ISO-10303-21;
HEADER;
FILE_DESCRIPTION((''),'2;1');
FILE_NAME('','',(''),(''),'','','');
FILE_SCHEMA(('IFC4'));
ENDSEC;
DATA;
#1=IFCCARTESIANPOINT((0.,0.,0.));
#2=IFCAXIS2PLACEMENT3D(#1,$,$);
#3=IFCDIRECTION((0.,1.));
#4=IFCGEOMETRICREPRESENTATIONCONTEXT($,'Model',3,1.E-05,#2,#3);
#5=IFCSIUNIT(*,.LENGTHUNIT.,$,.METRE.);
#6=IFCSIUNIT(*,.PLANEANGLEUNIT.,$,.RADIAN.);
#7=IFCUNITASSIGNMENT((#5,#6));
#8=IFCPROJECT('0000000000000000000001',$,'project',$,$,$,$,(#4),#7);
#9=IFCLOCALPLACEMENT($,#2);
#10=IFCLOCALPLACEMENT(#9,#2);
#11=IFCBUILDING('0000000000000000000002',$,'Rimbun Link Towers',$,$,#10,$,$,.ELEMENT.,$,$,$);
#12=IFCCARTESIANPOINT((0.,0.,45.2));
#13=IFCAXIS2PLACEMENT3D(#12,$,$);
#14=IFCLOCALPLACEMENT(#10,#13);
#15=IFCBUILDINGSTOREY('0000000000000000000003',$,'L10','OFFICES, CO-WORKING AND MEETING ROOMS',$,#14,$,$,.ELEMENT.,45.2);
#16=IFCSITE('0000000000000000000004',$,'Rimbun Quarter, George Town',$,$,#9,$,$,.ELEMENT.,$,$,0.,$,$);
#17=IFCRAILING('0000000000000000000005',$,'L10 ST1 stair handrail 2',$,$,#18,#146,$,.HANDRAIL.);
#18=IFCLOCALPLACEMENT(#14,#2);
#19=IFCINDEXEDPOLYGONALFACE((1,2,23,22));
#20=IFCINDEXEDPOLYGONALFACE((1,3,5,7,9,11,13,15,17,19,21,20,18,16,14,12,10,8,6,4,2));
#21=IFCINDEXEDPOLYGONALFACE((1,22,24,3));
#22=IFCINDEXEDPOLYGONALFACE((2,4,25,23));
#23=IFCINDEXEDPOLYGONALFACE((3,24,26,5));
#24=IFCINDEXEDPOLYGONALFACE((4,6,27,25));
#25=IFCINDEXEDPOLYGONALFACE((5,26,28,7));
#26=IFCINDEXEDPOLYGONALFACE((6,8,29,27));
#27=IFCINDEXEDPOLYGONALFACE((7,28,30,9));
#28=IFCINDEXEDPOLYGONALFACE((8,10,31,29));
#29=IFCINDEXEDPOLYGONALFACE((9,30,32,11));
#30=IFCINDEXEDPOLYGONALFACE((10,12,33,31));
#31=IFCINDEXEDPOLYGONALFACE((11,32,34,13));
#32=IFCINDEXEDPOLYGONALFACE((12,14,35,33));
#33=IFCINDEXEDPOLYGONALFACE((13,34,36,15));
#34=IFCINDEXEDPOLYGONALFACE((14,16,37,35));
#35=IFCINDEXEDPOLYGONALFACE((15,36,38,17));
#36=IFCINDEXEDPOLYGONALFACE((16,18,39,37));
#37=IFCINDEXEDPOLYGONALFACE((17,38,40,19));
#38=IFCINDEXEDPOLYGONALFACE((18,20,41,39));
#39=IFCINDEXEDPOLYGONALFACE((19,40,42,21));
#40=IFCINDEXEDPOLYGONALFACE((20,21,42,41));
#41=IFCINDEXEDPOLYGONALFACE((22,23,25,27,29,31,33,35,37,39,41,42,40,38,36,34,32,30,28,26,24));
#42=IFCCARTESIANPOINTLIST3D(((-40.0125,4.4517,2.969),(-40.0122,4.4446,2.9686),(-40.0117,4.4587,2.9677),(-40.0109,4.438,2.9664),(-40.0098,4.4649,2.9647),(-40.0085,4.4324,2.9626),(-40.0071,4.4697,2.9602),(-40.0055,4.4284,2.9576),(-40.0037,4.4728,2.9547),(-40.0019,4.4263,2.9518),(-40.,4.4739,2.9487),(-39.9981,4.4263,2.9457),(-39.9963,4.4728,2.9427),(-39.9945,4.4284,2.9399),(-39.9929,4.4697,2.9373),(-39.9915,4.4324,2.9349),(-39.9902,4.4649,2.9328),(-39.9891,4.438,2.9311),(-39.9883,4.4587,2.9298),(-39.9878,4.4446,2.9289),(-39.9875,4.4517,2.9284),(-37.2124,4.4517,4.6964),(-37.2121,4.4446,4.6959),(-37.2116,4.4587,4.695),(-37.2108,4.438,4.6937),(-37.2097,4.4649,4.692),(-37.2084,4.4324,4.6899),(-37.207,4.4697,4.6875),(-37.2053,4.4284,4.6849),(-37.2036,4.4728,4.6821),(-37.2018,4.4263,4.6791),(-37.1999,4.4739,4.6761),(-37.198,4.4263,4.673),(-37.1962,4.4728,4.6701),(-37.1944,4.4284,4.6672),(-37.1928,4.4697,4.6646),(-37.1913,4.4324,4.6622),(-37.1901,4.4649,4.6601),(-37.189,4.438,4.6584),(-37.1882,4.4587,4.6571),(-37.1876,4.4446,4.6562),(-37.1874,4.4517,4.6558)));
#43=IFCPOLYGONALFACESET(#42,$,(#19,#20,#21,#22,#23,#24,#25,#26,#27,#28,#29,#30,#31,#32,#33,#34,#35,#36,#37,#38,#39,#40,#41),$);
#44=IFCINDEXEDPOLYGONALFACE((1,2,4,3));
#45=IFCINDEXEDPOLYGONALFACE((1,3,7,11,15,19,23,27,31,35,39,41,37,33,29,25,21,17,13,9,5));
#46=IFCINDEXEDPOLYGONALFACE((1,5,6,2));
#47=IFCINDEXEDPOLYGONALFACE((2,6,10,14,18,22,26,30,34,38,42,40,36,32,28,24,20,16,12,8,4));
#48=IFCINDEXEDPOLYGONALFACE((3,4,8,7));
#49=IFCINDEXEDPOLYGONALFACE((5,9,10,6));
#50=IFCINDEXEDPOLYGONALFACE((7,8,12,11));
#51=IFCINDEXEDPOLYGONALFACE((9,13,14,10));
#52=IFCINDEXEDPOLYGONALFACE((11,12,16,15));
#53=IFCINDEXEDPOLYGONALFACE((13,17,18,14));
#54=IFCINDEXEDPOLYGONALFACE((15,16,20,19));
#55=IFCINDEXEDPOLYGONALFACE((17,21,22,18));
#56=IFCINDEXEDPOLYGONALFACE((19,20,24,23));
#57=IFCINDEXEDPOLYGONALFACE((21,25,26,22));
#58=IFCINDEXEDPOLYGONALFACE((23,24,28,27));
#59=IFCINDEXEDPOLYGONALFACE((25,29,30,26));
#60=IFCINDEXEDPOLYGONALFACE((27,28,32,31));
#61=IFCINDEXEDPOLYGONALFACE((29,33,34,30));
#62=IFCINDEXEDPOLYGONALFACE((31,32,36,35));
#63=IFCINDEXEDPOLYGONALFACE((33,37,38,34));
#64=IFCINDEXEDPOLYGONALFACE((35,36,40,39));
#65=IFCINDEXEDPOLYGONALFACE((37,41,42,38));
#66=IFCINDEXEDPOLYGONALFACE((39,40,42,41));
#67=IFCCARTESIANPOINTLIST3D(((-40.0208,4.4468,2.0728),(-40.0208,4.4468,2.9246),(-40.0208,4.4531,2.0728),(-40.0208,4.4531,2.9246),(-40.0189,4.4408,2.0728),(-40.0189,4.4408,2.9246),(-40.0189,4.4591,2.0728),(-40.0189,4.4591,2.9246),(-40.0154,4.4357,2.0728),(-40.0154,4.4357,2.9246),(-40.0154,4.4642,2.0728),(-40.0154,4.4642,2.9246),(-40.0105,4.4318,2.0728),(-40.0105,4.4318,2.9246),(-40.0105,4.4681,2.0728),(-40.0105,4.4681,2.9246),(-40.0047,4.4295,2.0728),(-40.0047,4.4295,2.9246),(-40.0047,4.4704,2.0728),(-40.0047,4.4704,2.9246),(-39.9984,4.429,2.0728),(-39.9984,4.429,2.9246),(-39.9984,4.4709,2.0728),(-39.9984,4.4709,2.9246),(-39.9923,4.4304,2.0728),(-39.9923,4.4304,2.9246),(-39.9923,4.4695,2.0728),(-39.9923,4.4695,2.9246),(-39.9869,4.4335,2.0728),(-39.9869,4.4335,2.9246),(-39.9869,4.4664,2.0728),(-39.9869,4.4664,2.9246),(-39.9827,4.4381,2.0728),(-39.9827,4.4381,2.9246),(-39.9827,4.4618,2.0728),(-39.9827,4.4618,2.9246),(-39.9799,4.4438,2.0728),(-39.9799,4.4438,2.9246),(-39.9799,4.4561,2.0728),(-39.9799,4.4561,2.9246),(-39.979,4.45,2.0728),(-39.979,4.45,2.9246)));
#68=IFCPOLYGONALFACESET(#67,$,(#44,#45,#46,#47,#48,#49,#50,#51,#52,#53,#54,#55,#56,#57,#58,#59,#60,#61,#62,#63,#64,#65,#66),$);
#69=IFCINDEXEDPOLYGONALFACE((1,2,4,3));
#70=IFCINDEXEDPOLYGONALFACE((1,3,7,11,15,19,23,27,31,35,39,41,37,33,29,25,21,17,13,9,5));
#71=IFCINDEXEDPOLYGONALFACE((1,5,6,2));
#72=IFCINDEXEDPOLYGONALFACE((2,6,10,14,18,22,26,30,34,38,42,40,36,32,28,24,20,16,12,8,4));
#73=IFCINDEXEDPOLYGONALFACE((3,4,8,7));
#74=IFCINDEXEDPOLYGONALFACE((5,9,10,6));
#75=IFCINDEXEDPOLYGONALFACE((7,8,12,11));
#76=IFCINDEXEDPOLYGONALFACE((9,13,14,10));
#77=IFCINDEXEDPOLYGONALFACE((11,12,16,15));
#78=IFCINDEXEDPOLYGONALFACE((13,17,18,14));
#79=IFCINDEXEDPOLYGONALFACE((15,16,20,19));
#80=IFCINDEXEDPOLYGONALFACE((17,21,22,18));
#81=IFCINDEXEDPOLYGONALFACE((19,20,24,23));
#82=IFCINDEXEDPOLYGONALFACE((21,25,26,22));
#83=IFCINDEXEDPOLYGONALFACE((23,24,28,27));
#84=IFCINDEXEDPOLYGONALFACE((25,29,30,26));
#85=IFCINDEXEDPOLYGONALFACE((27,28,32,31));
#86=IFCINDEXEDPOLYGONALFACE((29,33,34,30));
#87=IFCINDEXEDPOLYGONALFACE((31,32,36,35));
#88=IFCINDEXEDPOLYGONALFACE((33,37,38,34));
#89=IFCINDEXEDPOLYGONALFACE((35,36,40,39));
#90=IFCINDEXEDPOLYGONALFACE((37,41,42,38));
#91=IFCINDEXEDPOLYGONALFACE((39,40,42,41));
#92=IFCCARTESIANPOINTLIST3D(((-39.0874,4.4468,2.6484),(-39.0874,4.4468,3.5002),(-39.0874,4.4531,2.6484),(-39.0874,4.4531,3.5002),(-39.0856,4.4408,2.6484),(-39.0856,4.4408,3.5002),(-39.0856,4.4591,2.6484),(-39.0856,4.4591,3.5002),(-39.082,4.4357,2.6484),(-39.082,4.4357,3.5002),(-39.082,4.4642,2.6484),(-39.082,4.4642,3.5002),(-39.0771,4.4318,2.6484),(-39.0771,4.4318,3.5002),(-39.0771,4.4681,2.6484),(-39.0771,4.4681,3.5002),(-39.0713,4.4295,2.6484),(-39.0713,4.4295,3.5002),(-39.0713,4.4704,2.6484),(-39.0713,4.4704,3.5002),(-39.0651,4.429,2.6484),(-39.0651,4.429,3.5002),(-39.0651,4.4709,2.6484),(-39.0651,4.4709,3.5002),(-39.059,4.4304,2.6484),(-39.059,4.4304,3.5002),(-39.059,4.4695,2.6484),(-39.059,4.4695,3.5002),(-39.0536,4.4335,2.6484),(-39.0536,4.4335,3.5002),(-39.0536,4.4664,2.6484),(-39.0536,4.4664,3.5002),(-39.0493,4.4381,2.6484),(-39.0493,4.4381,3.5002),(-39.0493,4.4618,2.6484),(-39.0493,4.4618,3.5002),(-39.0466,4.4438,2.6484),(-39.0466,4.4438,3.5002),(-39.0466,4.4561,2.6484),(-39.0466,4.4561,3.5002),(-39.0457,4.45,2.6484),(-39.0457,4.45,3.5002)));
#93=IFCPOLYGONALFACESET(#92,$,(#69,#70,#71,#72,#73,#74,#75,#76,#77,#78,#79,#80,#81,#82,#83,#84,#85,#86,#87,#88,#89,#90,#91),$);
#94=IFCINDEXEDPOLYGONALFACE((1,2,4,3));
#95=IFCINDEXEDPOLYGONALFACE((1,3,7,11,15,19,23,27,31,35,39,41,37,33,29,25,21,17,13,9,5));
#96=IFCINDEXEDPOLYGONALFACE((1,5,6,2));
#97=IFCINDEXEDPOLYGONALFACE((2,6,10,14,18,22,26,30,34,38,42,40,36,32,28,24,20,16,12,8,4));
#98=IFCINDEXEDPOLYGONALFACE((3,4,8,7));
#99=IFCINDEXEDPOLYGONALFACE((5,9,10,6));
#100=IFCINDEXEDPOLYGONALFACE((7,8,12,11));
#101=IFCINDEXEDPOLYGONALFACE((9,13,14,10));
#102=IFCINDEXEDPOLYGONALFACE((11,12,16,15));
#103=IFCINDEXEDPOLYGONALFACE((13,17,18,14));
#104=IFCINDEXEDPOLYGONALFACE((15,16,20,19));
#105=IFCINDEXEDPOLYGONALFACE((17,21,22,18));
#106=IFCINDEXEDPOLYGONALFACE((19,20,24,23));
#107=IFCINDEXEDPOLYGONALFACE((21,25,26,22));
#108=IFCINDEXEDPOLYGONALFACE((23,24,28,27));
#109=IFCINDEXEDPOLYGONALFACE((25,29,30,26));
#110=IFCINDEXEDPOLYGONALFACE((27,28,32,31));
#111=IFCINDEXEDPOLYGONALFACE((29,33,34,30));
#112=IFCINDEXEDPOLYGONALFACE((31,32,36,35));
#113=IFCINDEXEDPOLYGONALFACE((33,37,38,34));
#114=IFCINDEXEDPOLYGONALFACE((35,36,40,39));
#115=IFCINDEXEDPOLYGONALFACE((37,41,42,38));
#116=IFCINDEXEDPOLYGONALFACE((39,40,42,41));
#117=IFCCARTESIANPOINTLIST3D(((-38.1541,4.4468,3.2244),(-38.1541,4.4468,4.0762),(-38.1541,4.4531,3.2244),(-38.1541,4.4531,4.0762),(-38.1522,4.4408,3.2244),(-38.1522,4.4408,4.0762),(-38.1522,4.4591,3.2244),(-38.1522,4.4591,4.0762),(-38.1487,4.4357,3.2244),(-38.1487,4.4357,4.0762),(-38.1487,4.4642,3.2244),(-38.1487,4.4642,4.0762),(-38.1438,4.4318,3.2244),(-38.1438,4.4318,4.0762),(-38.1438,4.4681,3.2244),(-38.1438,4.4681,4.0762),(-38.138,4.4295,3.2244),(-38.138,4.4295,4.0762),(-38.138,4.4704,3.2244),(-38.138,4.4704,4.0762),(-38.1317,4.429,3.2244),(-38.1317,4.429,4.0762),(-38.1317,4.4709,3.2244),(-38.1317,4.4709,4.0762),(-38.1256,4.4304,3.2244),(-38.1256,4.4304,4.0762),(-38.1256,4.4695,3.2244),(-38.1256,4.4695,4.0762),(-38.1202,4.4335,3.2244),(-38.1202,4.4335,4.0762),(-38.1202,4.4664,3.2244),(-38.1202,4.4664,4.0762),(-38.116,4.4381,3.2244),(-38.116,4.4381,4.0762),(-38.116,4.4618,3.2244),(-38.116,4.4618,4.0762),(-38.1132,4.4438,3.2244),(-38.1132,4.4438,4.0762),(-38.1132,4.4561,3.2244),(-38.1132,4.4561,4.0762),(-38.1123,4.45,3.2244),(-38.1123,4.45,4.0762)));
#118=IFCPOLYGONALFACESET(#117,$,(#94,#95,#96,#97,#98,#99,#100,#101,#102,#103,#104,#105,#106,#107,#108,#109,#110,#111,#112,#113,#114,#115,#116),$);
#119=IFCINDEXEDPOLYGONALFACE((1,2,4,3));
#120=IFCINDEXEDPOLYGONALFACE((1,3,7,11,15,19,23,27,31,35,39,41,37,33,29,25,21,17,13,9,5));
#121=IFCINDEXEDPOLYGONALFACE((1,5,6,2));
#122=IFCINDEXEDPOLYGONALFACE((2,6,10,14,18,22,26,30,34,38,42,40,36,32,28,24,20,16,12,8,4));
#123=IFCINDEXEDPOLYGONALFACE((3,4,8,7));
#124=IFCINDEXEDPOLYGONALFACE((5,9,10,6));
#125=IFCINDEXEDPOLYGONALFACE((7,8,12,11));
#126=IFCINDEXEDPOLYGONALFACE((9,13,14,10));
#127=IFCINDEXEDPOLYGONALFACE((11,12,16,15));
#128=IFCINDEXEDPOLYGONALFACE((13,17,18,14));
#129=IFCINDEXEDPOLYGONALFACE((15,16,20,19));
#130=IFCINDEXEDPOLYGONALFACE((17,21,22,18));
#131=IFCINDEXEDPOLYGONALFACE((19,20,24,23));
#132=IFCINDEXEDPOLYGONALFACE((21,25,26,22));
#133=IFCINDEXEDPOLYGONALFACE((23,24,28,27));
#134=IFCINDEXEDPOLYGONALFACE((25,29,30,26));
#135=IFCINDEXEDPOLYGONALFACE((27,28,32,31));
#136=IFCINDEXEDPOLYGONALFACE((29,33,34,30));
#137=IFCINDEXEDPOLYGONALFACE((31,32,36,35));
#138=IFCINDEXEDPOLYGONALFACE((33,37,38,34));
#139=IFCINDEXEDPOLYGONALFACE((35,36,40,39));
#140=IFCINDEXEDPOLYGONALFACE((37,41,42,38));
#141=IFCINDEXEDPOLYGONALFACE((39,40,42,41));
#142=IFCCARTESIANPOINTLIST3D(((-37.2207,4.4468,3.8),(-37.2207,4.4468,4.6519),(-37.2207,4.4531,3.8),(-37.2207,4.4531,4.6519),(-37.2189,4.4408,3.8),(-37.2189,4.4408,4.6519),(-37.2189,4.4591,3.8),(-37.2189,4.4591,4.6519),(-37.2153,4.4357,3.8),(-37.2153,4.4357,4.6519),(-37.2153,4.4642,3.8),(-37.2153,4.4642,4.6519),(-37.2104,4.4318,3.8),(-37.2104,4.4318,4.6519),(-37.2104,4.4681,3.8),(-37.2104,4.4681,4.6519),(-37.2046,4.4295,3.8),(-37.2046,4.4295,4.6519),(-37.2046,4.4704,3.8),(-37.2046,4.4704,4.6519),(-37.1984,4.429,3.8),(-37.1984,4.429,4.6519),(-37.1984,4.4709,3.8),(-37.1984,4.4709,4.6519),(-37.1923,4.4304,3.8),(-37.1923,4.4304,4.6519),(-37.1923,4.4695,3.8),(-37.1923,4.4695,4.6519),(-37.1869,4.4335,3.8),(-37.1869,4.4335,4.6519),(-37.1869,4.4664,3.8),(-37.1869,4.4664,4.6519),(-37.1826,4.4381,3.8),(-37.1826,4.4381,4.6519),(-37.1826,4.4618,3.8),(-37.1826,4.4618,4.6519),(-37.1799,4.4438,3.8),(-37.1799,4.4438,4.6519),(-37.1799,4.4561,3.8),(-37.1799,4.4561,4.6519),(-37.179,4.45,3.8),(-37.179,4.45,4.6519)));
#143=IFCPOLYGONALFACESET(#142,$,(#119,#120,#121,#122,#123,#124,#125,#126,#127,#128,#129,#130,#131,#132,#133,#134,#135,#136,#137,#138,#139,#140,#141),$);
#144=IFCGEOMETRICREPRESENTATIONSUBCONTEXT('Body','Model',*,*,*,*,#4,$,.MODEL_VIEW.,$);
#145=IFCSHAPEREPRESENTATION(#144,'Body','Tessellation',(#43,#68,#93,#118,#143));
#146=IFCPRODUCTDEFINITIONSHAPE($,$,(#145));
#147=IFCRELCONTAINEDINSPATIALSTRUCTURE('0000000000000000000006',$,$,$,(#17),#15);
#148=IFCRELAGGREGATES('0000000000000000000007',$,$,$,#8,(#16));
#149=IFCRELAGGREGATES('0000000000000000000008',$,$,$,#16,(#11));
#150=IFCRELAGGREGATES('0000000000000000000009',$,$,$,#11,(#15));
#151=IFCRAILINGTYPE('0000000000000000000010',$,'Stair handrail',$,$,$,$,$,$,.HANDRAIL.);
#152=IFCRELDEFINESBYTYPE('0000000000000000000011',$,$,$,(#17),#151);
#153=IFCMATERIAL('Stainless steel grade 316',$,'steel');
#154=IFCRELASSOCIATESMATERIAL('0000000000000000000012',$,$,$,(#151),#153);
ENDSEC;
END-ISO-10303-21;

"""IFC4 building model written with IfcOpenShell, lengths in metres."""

from ifc_helpers import new_model, si_unit, direction, frame, origin, origin_2d, place, context, subcontext, project, spatial, circle, extrude, material, type_object, element, save


model = new_model("IFC4")

# Units and contexts
model_context = context("Model", 3, precision=1e-05, world=origin(), true_north=direction((0.0, 1.0)))
body_context = subcontext(model_context, "Body", "Model", "MODEL_VIEW")
ifc_project = project(units=[si_unit("LENGTHUNIT", "METRE"), si_unit("PLANEANGLEUNIT", "RADIAN")], contexts=[model_context])

# Site, building, storey
site_placement = place(None, origin())
site = spatial("IfcSite", under=ifc_project, at=site_placement, Name="Rimbun Quarter, George Town", CompositionType="ELEMENT", RefElevation=0.0)
building_placement = place(site_placement, origin())
building = spatial("IfcBuilding", under=site, at=building_placement, Name="Rimbun Link Towers", CompositionType="ELEMENT")
storey_placement = place(building_placement, frame((0.0, 0.0, 45.2)))
storey = spatial("IfcBuildingStorey", under=building, at=storey_placement, Name="L10", Description="OFFICES, CO-WORKING AND MEETING ROOMS", CompositionType="ELEMENT", Elevation=45.2)

# Railing
ifc_material_1 = material(Name="Stainless steel grade 316", Category="steel")
railing_type_1 = type_object("IfcRailingType", Name="Stair handrail", PredefinedType="HANDRAIL", material=ifc_material_1)
railing_1_placement = place(storey_placement, frame((-40.0, 4.45, 2.0728)))
element("IfcRailing", 1, at=railing_1_placement, inside=storey, type_object=railing_type_1, Name="L10 ST1 stair handrail 2", PredefinedType="HANDRAIL", context=body_context, shape_type="SweptSolid", body=[
    extrude(circle(Radius=0.0239, at=origin_2d()), frame((0.0, 0.0, 0.876), z_axis=(0.85109, 0.0, 0.52502), x_axis=(0.0, 1.0, 0.0)), (0.0, 0.0, 1.0), 3.29),
    extrude(circle(Radius=0.021, at=origin_2d()), origin(), (0.0, 0.0, 1.0), 0.8518),
    extrude(circle(Radius=0.021, at=origin_2d()), frame((0.9333, 0.0, 0.5757)), (0.0, 0.0, 1.0), 0.8518),
    extrude(circle(Radius=0.021, at=origin_2d()), frame((1.8667, 0.0, 1.1516)), (0.0, 0.0, 1.0), 0.8518),
    extrude(circle(Radius=0.021, at=origin_2d()), frame((2.8, 0.0, 1.7273)), (0.0, 0.0, 1.0), 0.8518),
])

save(model, "model.ifc")
